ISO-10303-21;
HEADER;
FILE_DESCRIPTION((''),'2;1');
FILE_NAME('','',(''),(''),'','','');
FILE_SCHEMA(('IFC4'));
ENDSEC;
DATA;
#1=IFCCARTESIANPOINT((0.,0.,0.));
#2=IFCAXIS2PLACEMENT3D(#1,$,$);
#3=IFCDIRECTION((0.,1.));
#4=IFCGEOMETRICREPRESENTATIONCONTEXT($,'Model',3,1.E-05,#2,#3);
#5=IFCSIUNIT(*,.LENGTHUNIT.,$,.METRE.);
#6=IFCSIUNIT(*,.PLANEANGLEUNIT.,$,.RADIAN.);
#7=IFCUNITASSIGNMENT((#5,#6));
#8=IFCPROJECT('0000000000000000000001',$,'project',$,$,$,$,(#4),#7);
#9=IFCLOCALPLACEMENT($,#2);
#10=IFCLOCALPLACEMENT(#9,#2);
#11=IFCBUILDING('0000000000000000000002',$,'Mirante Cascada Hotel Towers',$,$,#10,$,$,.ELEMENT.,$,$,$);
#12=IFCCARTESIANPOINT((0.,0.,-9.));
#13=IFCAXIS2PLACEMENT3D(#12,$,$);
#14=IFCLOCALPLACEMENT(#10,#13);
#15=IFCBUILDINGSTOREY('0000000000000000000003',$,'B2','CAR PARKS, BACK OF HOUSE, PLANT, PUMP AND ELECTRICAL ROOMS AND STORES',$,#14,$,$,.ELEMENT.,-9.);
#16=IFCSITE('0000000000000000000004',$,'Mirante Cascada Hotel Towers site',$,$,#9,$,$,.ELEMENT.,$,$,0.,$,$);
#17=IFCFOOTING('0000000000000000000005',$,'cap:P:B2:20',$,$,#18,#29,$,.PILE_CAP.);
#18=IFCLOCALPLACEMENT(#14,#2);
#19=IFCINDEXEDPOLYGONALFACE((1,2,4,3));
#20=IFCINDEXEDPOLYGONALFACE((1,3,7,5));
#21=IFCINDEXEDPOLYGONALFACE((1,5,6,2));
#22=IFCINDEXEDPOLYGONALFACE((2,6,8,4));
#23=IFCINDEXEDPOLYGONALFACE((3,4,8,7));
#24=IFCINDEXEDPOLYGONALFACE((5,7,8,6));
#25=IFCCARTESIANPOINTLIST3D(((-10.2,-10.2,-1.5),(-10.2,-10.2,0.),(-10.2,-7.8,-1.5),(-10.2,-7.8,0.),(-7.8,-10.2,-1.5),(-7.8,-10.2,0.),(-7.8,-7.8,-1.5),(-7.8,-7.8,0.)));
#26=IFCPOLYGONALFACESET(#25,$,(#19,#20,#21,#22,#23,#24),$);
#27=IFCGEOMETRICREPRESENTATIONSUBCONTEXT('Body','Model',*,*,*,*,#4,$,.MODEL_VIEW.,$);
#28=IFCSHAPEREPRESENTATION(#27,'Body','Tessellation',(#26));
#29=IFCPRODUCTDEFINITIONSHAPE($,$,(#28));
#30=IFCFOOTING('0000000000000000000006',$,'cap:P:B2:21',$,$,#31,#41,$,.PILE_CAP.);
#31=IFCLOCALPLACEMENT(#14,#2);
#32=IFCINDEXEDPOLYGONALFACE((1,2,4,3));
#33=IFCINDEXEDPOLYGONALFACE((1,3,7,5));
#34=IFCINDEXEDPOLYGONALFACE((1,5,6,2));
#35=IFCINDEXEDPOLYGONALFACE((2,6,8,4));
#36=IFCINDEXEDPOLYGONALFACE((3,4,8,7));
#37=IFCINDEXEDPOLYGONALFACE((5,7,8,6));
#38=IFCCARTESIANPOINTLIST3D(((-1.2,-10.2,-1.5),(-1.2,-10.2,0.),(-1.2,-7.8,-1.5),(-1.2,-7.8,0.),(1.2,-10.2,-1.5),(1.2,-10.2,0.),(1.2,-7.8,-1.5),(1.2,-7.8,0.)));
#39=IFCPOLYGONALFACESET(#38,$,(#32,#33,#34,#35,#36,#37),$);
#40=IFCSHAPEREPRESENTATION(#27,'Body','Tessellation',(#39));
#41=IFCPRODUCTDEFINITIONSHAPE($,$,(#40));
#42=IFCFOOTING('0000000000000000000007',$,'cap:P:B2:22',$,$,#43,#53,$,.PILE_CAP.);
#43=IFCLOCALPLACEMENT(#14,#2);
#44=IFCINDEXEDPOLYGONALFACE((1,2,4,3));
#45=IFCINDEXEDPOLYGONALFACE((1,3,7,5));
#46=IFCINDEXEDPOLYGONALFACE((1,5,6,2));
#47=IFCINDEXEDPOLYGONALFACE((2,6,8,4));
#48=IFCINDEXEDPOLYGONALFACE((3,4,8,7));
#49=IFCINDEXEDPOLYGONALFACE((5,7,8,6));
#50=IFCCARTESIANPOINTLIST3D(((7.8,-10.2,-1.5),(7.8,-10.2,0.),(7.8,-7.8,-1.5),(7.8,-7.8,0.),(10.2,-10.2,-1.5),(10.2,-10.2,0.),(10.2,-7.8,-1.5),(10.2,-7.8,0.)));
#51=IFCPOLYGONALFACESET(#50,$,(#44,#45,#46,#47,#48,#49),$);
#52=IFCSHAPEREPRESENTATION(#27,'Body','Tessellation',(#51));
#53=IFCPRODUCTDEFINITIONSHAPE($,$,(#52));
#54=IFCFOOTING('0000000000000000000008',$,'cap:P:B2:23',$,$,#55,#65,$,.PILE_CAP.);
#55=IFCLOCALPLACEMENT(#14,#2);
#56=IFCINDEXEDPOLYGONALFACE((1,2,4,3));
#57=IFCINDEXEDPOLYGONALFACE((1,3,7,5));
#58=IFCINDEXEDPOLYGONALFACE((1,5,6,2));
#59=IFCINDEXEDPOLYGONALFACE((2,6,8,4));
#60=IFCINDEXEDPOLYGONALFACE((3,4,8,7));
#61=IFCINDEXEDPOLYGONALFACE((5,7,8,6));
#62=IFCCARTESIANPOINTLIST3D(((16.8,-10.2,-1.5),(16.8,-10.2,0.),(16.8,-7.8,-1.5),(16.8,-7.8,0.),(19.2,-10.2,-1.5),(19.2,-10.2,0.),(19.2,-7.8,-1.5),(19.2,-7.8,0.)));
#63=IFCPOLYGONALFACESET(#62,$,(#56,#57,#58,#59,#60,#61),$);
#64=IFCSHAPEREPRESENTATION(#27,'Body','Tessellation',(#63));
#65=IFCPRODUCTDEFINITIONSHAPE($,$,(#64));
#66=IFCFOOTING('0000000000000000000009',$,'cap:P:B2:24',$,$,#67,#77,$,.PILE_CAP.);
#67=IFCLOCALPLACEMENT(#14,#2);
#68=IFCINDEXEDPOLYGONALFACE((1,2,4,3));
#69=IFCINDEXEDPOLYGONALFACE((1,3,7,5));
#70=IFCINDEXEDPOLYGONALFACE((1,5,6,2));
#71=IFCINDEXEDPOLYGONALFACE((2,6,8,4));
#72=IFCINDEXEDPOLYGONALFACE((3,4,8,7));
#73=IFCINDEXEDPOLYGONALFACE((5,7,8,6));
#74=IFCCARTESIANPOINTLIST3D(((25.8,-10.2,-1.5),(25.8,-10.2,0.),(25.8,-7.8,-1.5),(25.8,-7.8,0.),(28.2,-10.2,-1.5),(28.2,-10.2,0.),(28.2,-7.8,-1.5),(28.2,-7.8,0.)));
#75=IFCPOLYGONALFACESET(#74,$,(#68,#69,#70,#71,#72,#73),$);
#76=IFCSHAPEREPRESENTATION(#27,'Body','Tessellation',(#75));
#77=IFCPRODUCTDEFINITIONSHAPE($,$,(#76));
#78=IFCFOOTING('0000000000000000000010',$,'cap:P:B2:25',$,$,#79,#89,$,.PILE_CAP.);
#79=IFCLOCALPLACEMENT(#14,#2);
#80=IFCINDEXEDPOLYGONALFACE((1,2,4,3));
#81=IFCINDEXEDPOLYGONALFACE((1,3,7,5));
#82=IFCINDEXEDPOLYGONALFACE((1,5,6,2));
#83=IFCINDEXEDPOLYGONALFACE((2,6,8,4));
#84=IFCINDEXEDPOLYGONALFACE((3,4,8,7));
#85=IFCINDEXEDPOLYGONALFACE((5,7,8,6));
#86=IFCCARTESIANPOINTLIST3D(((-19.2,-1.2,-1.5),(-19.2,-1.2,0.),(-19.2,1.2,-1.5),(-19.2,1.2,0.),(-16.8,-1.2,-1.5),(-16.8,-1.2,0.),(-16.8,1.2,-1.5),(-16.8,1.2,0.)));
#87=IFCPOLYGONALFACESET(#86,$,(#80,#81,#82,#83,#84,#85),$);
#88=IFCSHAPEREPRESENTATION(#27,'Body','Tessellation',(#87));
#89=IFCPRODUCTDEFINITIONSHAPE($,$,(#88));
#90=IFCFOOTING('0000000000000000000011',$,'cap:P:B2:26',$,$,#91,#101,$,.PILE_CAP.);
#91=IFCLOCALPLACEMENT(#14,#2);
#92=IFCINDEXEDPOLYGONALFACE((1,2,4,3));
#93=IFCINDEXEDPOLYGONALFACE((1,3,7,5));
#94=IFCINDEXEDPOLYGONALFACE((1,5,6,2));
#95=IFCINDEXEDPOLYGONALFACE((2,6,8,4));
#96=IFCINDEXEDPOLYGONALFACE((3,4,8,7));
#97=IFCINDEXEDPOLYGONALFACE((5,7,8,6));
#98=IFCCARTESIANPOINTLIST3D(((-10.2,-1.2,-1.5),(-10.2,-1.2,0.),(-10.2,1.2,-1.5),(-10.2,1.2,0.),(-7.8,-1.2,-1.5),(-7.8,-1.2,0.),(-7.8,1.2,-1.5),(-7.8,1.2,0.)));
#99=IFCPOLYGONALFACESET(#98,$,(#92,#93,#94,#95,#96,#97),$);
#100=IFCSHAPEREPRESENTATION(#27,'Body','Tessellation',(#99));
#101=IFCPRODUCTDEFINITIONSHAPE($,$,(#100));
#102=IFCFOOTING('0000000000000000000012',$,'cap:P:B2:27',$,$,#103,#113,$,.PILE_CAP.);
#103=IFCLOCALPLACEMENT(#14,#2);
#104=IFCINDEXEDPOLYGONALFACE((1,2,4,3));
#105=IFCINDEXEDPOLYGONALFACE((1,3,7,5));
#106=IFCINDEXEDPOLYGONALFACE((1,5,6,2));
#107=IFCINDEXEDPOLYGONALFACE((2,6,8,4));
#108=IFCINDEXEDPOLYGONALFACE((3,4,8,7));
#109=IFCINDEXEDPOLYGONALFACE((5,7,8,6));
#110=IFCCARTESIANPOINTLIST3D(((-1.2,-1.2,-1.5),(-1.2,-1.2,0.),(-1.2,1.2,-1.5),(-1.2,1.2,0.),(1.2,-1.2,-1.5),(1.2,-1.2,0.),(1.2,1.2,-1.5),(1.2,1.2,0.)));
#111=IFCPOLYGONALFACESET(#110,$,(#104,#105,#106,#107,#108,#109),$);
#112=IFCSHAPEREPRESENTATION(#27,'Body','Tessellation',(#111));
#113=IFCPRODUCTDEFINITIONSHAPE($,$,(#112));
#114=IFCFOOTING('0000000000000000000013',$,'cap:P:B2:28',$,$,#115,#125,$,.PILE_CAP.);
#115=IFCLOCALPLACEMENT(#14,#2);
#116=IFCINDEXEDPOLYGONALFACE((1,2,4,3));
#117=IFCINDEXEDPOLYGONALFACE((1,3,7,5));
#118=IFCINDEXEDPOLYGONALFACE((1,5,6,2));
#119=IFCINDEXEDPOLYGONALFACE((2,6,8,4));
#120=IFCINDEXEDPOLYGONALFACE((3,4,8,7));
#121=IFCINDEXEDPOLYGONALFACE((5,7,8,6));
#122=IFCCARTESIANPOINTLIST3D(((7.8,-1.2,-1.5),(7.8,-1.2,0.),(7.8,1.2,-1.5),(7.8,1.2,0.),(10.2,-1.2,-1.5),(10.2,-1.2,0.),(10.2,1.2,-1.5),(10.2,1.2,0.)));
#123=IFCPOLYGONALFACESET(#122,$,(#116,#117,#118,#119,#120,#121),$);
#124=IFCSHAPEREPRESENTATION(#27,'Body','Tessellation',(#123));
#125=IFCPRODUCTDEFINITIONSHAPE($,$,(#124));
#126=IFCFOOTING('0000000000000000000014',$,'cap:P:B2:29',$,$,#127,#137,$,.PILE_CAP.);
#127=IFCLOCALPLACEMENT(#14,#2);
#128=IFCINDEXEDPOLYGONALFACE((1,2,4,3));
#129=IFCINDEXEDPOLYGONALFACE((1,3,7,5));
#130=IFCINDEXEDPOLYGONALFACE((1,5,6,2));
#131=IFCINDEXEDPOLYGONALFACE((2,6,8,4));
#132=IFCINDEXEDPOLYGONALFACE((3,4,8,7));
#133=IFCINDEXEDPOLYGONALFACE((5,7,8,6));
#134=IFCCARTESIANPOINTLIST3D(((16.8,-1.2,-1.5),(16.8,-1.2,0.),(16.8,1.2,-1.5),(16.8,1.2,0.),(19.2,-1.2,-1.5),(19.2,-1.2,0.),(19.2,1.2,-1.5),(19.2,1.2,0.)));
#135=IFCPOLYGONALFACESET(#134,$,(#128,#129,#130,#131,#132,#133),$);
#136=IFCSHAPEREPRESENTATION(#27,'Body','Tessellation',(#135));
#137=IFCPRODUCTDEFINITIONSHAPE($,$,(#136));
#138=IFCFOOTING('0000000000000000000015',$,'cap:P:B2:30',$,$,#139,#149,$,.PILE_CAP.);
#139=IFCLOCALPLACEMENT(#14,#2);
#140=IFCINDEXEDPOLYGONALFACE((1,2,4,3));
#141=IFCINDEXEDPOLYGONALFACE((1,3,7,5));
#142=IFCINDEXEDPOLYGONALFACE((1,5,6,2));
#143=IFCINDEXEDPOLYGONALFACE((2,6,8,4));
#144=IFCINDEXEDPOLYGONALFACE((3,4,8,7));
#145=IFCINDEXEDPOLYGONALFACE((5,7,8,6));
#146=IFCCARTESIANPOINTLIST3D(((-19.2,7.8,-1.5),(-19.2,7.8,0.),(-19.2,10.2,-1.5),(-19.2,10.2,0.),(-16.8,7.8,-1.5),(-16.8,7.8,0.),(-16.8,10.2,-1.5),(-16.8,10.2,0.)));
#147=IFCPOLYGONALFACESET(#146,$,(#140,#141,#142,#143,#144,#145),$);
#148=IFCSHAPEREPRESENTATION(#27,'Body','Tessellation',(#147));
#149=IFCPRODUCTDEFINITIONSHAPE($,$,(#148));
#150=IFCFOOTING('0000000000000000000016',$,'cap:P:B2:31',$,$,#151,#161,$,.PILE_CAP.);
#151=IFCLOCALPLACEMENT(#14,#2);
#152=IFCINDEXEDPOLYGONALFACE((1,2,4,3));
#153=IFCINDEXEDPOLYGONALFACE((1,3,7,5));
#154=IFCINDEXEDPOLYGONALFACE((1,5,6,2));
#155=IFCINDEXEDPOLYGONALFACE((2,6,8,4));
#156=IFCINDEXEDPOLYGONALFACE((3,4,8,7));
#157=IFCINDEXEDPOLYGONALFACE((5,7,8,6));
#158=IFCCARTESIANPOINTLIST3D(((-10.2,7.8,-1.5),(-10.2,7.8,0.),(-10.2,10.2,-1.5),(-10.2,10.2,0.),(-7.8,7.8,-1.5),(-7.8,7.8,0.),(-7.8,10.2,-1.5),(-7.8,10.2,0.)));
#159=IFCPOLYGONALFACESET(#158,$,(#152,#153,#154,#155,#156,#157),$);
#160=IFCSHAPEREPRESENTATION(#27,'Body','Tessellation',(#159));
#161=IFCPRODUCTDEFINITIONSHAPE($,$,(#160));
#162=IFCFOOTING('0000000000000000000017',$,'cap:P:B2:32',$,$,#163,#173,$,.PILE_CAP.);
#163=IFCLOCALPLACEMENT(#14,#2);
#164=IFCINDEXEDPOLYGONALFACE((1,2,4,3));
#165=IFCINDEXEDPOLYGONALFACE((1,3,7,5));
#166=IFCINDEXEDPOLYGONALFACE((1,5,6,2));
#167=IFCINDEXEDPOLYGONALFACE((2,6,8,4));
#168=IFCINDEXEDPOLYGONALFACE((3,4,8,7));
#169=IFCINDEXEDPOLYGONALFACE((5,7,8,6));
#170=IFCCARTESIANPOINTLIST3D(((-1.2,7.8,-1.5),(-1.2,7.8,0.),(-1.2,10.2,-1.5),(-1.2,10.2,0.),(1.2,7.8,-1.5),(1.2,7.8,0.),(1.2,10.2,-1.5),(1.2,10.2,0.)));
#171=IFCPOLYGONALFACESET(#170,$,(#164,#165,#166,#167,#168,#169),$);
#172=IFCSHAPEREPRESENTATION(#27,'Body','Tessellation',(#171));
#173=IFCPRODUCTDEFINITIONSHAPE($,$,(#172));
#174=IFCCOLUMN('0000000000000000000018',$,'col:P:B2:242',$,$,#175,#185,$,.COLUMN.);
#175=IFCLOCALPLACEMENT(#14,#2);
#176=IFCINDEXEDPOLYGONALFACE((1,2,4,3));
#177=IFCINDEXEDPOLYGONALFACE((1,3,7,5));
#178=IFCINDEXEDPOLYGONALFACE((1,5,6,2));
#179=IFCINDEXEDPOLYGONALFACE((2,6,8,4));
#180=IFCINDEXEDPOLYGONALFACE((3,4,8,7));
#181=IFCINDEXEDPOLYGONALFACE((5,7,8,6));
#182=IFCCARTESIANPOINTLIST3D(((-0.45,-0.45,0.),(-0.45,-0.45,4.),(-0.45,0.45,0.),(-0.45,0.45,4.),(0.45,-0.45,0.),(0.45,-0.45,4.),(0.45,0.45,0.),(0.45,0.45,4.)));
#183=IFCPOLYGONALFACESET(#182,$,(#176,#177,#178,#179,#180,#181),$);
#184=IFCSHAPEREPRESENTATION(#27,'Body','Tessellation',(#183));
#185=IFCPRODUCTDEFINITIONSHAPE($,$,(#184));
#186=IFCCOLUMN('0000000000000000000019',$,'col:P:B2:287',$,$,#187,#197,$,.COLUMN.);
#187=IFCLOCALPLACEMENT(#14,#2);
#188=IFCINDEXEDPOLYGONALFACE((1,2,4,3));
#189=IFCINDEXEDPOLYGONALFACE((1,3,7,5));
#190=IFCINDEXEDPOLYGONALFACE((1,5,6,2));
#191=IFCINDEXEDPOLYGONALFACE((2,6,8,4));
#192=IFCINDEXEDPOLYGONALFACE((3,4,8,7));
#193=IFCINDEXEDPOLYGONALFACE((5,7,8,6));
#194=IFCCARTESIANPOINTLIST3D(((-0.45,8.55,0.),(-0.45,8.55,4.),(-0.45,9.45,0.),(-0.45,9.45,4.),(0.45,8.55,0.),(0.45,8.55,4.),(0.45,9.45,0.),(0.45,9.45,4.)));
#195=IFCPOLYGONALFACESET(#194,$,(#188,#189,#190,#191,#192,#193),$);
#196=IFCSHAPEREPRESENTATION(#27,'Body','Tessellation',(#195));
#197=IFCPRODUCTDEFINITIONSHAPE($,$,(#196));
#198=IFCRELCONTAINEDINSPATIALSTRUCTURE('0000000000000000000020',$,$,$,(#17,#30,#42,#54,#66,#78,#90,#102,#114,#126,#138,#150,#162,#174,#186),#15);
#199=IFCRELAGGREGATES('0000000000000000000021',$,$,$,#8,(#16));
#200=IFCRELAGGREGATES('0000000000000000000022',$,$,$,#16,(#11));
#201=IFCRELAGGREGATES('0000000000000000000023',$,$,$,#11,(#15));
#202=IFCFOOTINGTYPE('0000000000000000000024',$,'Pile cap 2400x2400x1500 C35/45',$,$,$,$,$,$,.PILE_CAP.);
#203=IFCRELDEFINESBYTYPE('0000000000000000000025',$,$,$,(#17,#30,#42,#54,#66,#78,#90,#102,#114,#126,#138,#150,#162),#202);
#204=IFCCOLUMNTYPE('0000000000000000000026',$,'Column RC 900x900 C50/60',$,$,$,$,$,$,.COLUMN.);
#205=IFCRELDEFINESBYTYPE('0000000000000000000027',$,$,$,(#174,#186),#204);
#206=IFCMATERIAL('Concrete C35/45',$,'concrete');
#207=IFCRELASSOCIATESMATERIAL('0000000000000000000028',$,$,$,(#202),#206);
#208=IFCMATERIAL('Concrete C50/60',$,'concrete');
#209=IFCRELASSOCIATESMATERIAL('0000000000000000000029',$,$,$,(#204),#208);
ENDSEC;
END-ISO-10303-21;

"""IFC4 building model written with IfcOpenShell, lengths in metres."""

from ifc_helpers import new_model, si_unit, direction, frame, origin, origin_2d, place, context, subcontext, project, spatial, polyline, rectangle, outline, extrude, material, material_profile, profile_set, type_object, element, save


model = new_model("IFC4")

# Units and contexts
model_context = context("Model", 3, precision=1e-05, world=origin(), true_north=direction((0.0, 1.0)))
body_context = subcontext(model_context, "Body", "Model", "MODEL_VIEW")
ifc_project = project(units=[si_unit("LENGTHUNIT", "METRE"), si_unit("PLANEANGLEUNIT", "RADIAN")], contexts=[model_context])

# Site, building, storey
site_placement = place(None, origin())
site = spatial("IfcSite", under=ifc_project, at=site_placement, Name="Mirante Cascada Hotel Towers site", CompositionType="ELEMENT", RefElevation=0.0)
building_placement = place(site_placement, origin())
building = spatial("IfcBuilding", under=site, at=building_placement, Name="Mirante Cascada Hotel Towers", CompositionType="ELEMENT")
storey_placement = place(building_placement, frame((0.0, 0.0, -9.0)))
storey = spatial("IfcBuildingStorey", under=building, at=storey_placement, Name="B2", Description="CAR PARKS, BACK OF HOUSE, PLANT, PUMP AND ELECTRICAL ROOMS AND STORES", CompositionType="ELEMENT", Elevation=-9.0)

# Footings
ifc_material_1 = material(Name="Concrete C35/45", Category="concrete")
footing_type = type_object("IfcFootingType", Name="Pile cap 2400x2400x1500 C35/45", PredefinedType="PILE_CAP", material=ifc_material_1)
footing_1_placement = place(storey_placement, frame((0.0, 0.0, -1.5)))
element("IfcFooting", 1, at=footing_1_placement, inside=storey, type_object=footing_type, Name="cap:P:B2:20", PredefinedType="PILE_CAP", context=body_context, shape_type="SweptSolid", body=[
    extrude(outline(polyline([(-7.8, -10.2), (-7.8, -7.8), (-10.2, -7.8), (-10.2, -10.2), (-7.8, -10.2)])), origin(), (0.0, 0.0, 1.0), 1.5),
])
footing_2_placement = place(storey_placement, frame((0.0, 0.0, -1.5)))
element("IfcFooting", 2, at=footing_2_placement, inside=storey, type_object=footing_type, Name="cap:P:B2:21", PredefinedType="PILE_CAP", context=body_context, shape_type="SweptSolid", body=[
    extrude(outline(polyline([(1.2, -10.2), (1.2, -7.8), (-1.2, -7.8), (-1.2, -10.2), (1.2, -10.2)])), origin(), (0.0, 0.0, 1.0), 1.5),
])
footing_3_placement = place(storey_placement, frame((0.0, 0.0, -1.5)))
element("IfcFooting", 3, at=footing_3_placement, inside=storey, type_object=footing_type, Name="cap:P:B2:22", PredefinedType="PILE_CAP", context=body_context, shape_type="SweptSolid", body=[
    extrude(outline(polyline([(10.2, -10.2), (10.2, -7.8), (7.8, -7.8), (7.8, -10.2), (10.2, -10.2)])), origin(), (0.0, 0.0, 1.0), 1.5),
])
footing_4_placement = place(storey_placement, frame((0.0, 0.0, -1.5)))
element("IfcFooting", 4, at=footing_4_placement, inside=storey, type_object=footing_type, Name="cap:P:B2:23", PredefinedType="PILE_CAP", context=body_context, shape_type="SweptSolid", body=[
    extrude(outline(polyline([(19.2, -10.2), (19.2, -7.8), (16.8, -7.8), (16.8, -10.2), (19.2, -10.2)])), origin(), (0.0, 0.0, 1.0), 1.5),
])
footing_5_placement = place(storey_placement, frame((0.0, 0.0, -1.5)))
element("IfcFooting", 5, at=footing_5_placement, inside=storey, type_object=footing_type, Name="cap:P:B2:24", PredefinedType="PILE_CAP", context=body_context, shape_type="SweptSolid", body=[
    extrude(outline(polyline([(28.2, -10.2), (28.2, -7.8), (25.8, -7.8), (25.8, -10.2), (28.2, -10.2)])), origin(), (0.0, 0.0, 1.0), 1.5),
])
footing_6_placement = place(storey_placement, frame((0.0, 0.0, -1.5)))
element("IfcFooting", 6, at=footing_6_placement, inside=storey, type_object=footing_type, Name="cap:P:B2:25", PredefinedType="PILE_CAP", context=body_context, shape_type="SweptSolid", body=[
    extrude(outline(polyline([(-16.8, -1.2), (-16.8, 1.2), (-19.2, 1.2), (-19.2, -1.2), (-16.8, -1.2)])), origin(), (0.0, 0.0, 1.0), 1.5),
])
footing_7_placement = place(storey_placement, frame((0.0, 0.0, -1.5)))
element("IfcFooting", 7, at=footing_7_placement, inside=storey, type_object=footing_type, Name="cap:P:B2:26", PredefinedType="PILE_CAP", context=body_context, shape_type="SweptSolid", body=[
    extrude(outline(polyline([(-7.8, -1.2), (-7.8, 1.2), (-10.2, 1.2), (-10.2, -1.2), (-7.8, -1.2)])), origin(), (0.0, 0.0, 1.0), 1.5),
])
footing_8_placement = place(storey_placement, frame((0.0, 0.0, -1.5)))
element("IfcFooting", 8, at=footing_8_placement, inside=storey, type_object=footing_type, Name="cap:P:B2:27", PredefinedType="PILE_CAP", context=body_context, shape_type="SweptSolid", body=[
    extrude(outline(polyline([(1.2, -1.2), (1.2, 1.2), (-1.2, 1.2), (-1.2, -1.2), (1.2, -1.2)])), origin(), (0.0, 0.0, 1.0), 1.5),
])
footing_9_placement = place(storey_placement, frame((0.0, 0.0, -1.5)))
element("IfcFooting", 9, at=footing_9_placement, inside=storey, type_object=footing_type, Name="cap:P:B2:28", PredefinedType="PILE_CAP", context=body_context, shape_type="SweptSolid", body=[
    extrude(outline(polyline([(10.2, -1.2), (10.2, 1.2), (7.8, 1.2), (7.8, -1.2), (10.2, -1.2)])), origin(), (0.0, 0.0, 1.0), 1.5),
])
footing_10_placement = place(storey_placement, frame((0.0, 0.0, -1.5)))
element("IfcFooting", 10, at=footing_10_placement, inside=storey, type_object=footing_type, Name="cap:P:B2:29", PredefinedType="PILE_CAP", context=body_context, shape_type="SweptSolid", body=[
    extrude(outline(polyline([(19.2, -1.2), (19.2, 1.2), (16.8, 1.2), (16.8, -1.2), (19.2, -1.2)])), origin(), (0.0, 0.0, 1.0), 1.5),
])
footing_11_placement = place(storey_placement, frame((0.0, 0.0, -1.5)))
element("IfcFooting", 11, at=footing_11_placement, inside=storey, type_object=footing_type, Name="cap:P:B2:30", PredefinedType="PILE_CAP", context=body_context, shape_type="SweptSolid", body=[
    extrude(outline(polyline([(-16.8, 7.8), (-16.8, 10.2), (-19.2, 10.2), (-19.2, 7.8), (-16.8, 7.8)])), origin(), (0.0, 0.0, 1.0), 1.5),
])
footing_12_placement = place(storey_placement, frame((0.0, 0.0, -1.5)))
element("IfcFooting", 12, at=footing_12_placement, inside=storey, type_object=footing_type, Name="cap:P:B2:31", PredefinedType="PILE_CAP", context=body_context, shape_type="SweptSolid", body=[
    extrude(outline(polyline([(-7.8, 7.8), (-7.8, 10.2), (-10.2, 10.2), (-10.2, 7.8), (-7.8, 7.8)])), origin(), (0.0, 0.0, 1.0), 1.5),
])
footing_13_placement = place(storey_placement, frame((0.0, 0.0, -1.5)))
element("IfcFooting", 13, at=footing_13_placement, inside=storey, type_object=footing_type, Name="cap:P:B2:32", PredefinedType="PILE_CAP", context=body_context, shape_type="SweptSolid", body=[
    extrude(outline(polyline([(1.2, 7.8), (1.2, 10.2), (-1.2, 10.2), (-1.2, 7.8), (1.2, 7.8)])), origin(), (0.0, 0.0, 1.0), 1.5),
])

# Columns
ifc_material_2 = material(Name="Concrete C50/60", Category="concrete")
ifc_material_profile_1 = material_profile(ifc_material_2, rectangle(XDim=0.9, YDim=0.9, at=origin_2d()), Name="RC 900x900")
ifc_profile_set_1 = profile_set([ifc_material_profile_1], Name="Concrete C50/60")
column_type = type_object("IfcColumnType", Name="Column RC 900x900 C50/60", PredefinedType="COLUMN", material=ifc_profile_set_1)
for number, where, z_axis, x_axis, name in (
    (14, (0.0, 0.0, 0.0), (0.0, 0.0, 1.0), (1.0, 0.0, 0.0), "col:P:B2:242"),
    (15, (0.0, 9.0, 0.0), (0.0, 0.0, 1.0), (1.0, 0.0, 0.0), "col:P:B2:287"),
):
    element("IfcColumn", number, at=place(storey_placement, frame(where, z_axis=z_axis, x_axis=x_axis)), inside=storey, type_object=column_type, Name=name, PredefinedType="COLUMN", context=body_context, shape_type="SweptSolid", body=[
        extrude(rectangle(XDim=0.9, YDim=0.9, at=origin_2d()), origin(), (0.0, 0.0, 1.0), 4.0),
    ])

save(model, "model.ifc")
